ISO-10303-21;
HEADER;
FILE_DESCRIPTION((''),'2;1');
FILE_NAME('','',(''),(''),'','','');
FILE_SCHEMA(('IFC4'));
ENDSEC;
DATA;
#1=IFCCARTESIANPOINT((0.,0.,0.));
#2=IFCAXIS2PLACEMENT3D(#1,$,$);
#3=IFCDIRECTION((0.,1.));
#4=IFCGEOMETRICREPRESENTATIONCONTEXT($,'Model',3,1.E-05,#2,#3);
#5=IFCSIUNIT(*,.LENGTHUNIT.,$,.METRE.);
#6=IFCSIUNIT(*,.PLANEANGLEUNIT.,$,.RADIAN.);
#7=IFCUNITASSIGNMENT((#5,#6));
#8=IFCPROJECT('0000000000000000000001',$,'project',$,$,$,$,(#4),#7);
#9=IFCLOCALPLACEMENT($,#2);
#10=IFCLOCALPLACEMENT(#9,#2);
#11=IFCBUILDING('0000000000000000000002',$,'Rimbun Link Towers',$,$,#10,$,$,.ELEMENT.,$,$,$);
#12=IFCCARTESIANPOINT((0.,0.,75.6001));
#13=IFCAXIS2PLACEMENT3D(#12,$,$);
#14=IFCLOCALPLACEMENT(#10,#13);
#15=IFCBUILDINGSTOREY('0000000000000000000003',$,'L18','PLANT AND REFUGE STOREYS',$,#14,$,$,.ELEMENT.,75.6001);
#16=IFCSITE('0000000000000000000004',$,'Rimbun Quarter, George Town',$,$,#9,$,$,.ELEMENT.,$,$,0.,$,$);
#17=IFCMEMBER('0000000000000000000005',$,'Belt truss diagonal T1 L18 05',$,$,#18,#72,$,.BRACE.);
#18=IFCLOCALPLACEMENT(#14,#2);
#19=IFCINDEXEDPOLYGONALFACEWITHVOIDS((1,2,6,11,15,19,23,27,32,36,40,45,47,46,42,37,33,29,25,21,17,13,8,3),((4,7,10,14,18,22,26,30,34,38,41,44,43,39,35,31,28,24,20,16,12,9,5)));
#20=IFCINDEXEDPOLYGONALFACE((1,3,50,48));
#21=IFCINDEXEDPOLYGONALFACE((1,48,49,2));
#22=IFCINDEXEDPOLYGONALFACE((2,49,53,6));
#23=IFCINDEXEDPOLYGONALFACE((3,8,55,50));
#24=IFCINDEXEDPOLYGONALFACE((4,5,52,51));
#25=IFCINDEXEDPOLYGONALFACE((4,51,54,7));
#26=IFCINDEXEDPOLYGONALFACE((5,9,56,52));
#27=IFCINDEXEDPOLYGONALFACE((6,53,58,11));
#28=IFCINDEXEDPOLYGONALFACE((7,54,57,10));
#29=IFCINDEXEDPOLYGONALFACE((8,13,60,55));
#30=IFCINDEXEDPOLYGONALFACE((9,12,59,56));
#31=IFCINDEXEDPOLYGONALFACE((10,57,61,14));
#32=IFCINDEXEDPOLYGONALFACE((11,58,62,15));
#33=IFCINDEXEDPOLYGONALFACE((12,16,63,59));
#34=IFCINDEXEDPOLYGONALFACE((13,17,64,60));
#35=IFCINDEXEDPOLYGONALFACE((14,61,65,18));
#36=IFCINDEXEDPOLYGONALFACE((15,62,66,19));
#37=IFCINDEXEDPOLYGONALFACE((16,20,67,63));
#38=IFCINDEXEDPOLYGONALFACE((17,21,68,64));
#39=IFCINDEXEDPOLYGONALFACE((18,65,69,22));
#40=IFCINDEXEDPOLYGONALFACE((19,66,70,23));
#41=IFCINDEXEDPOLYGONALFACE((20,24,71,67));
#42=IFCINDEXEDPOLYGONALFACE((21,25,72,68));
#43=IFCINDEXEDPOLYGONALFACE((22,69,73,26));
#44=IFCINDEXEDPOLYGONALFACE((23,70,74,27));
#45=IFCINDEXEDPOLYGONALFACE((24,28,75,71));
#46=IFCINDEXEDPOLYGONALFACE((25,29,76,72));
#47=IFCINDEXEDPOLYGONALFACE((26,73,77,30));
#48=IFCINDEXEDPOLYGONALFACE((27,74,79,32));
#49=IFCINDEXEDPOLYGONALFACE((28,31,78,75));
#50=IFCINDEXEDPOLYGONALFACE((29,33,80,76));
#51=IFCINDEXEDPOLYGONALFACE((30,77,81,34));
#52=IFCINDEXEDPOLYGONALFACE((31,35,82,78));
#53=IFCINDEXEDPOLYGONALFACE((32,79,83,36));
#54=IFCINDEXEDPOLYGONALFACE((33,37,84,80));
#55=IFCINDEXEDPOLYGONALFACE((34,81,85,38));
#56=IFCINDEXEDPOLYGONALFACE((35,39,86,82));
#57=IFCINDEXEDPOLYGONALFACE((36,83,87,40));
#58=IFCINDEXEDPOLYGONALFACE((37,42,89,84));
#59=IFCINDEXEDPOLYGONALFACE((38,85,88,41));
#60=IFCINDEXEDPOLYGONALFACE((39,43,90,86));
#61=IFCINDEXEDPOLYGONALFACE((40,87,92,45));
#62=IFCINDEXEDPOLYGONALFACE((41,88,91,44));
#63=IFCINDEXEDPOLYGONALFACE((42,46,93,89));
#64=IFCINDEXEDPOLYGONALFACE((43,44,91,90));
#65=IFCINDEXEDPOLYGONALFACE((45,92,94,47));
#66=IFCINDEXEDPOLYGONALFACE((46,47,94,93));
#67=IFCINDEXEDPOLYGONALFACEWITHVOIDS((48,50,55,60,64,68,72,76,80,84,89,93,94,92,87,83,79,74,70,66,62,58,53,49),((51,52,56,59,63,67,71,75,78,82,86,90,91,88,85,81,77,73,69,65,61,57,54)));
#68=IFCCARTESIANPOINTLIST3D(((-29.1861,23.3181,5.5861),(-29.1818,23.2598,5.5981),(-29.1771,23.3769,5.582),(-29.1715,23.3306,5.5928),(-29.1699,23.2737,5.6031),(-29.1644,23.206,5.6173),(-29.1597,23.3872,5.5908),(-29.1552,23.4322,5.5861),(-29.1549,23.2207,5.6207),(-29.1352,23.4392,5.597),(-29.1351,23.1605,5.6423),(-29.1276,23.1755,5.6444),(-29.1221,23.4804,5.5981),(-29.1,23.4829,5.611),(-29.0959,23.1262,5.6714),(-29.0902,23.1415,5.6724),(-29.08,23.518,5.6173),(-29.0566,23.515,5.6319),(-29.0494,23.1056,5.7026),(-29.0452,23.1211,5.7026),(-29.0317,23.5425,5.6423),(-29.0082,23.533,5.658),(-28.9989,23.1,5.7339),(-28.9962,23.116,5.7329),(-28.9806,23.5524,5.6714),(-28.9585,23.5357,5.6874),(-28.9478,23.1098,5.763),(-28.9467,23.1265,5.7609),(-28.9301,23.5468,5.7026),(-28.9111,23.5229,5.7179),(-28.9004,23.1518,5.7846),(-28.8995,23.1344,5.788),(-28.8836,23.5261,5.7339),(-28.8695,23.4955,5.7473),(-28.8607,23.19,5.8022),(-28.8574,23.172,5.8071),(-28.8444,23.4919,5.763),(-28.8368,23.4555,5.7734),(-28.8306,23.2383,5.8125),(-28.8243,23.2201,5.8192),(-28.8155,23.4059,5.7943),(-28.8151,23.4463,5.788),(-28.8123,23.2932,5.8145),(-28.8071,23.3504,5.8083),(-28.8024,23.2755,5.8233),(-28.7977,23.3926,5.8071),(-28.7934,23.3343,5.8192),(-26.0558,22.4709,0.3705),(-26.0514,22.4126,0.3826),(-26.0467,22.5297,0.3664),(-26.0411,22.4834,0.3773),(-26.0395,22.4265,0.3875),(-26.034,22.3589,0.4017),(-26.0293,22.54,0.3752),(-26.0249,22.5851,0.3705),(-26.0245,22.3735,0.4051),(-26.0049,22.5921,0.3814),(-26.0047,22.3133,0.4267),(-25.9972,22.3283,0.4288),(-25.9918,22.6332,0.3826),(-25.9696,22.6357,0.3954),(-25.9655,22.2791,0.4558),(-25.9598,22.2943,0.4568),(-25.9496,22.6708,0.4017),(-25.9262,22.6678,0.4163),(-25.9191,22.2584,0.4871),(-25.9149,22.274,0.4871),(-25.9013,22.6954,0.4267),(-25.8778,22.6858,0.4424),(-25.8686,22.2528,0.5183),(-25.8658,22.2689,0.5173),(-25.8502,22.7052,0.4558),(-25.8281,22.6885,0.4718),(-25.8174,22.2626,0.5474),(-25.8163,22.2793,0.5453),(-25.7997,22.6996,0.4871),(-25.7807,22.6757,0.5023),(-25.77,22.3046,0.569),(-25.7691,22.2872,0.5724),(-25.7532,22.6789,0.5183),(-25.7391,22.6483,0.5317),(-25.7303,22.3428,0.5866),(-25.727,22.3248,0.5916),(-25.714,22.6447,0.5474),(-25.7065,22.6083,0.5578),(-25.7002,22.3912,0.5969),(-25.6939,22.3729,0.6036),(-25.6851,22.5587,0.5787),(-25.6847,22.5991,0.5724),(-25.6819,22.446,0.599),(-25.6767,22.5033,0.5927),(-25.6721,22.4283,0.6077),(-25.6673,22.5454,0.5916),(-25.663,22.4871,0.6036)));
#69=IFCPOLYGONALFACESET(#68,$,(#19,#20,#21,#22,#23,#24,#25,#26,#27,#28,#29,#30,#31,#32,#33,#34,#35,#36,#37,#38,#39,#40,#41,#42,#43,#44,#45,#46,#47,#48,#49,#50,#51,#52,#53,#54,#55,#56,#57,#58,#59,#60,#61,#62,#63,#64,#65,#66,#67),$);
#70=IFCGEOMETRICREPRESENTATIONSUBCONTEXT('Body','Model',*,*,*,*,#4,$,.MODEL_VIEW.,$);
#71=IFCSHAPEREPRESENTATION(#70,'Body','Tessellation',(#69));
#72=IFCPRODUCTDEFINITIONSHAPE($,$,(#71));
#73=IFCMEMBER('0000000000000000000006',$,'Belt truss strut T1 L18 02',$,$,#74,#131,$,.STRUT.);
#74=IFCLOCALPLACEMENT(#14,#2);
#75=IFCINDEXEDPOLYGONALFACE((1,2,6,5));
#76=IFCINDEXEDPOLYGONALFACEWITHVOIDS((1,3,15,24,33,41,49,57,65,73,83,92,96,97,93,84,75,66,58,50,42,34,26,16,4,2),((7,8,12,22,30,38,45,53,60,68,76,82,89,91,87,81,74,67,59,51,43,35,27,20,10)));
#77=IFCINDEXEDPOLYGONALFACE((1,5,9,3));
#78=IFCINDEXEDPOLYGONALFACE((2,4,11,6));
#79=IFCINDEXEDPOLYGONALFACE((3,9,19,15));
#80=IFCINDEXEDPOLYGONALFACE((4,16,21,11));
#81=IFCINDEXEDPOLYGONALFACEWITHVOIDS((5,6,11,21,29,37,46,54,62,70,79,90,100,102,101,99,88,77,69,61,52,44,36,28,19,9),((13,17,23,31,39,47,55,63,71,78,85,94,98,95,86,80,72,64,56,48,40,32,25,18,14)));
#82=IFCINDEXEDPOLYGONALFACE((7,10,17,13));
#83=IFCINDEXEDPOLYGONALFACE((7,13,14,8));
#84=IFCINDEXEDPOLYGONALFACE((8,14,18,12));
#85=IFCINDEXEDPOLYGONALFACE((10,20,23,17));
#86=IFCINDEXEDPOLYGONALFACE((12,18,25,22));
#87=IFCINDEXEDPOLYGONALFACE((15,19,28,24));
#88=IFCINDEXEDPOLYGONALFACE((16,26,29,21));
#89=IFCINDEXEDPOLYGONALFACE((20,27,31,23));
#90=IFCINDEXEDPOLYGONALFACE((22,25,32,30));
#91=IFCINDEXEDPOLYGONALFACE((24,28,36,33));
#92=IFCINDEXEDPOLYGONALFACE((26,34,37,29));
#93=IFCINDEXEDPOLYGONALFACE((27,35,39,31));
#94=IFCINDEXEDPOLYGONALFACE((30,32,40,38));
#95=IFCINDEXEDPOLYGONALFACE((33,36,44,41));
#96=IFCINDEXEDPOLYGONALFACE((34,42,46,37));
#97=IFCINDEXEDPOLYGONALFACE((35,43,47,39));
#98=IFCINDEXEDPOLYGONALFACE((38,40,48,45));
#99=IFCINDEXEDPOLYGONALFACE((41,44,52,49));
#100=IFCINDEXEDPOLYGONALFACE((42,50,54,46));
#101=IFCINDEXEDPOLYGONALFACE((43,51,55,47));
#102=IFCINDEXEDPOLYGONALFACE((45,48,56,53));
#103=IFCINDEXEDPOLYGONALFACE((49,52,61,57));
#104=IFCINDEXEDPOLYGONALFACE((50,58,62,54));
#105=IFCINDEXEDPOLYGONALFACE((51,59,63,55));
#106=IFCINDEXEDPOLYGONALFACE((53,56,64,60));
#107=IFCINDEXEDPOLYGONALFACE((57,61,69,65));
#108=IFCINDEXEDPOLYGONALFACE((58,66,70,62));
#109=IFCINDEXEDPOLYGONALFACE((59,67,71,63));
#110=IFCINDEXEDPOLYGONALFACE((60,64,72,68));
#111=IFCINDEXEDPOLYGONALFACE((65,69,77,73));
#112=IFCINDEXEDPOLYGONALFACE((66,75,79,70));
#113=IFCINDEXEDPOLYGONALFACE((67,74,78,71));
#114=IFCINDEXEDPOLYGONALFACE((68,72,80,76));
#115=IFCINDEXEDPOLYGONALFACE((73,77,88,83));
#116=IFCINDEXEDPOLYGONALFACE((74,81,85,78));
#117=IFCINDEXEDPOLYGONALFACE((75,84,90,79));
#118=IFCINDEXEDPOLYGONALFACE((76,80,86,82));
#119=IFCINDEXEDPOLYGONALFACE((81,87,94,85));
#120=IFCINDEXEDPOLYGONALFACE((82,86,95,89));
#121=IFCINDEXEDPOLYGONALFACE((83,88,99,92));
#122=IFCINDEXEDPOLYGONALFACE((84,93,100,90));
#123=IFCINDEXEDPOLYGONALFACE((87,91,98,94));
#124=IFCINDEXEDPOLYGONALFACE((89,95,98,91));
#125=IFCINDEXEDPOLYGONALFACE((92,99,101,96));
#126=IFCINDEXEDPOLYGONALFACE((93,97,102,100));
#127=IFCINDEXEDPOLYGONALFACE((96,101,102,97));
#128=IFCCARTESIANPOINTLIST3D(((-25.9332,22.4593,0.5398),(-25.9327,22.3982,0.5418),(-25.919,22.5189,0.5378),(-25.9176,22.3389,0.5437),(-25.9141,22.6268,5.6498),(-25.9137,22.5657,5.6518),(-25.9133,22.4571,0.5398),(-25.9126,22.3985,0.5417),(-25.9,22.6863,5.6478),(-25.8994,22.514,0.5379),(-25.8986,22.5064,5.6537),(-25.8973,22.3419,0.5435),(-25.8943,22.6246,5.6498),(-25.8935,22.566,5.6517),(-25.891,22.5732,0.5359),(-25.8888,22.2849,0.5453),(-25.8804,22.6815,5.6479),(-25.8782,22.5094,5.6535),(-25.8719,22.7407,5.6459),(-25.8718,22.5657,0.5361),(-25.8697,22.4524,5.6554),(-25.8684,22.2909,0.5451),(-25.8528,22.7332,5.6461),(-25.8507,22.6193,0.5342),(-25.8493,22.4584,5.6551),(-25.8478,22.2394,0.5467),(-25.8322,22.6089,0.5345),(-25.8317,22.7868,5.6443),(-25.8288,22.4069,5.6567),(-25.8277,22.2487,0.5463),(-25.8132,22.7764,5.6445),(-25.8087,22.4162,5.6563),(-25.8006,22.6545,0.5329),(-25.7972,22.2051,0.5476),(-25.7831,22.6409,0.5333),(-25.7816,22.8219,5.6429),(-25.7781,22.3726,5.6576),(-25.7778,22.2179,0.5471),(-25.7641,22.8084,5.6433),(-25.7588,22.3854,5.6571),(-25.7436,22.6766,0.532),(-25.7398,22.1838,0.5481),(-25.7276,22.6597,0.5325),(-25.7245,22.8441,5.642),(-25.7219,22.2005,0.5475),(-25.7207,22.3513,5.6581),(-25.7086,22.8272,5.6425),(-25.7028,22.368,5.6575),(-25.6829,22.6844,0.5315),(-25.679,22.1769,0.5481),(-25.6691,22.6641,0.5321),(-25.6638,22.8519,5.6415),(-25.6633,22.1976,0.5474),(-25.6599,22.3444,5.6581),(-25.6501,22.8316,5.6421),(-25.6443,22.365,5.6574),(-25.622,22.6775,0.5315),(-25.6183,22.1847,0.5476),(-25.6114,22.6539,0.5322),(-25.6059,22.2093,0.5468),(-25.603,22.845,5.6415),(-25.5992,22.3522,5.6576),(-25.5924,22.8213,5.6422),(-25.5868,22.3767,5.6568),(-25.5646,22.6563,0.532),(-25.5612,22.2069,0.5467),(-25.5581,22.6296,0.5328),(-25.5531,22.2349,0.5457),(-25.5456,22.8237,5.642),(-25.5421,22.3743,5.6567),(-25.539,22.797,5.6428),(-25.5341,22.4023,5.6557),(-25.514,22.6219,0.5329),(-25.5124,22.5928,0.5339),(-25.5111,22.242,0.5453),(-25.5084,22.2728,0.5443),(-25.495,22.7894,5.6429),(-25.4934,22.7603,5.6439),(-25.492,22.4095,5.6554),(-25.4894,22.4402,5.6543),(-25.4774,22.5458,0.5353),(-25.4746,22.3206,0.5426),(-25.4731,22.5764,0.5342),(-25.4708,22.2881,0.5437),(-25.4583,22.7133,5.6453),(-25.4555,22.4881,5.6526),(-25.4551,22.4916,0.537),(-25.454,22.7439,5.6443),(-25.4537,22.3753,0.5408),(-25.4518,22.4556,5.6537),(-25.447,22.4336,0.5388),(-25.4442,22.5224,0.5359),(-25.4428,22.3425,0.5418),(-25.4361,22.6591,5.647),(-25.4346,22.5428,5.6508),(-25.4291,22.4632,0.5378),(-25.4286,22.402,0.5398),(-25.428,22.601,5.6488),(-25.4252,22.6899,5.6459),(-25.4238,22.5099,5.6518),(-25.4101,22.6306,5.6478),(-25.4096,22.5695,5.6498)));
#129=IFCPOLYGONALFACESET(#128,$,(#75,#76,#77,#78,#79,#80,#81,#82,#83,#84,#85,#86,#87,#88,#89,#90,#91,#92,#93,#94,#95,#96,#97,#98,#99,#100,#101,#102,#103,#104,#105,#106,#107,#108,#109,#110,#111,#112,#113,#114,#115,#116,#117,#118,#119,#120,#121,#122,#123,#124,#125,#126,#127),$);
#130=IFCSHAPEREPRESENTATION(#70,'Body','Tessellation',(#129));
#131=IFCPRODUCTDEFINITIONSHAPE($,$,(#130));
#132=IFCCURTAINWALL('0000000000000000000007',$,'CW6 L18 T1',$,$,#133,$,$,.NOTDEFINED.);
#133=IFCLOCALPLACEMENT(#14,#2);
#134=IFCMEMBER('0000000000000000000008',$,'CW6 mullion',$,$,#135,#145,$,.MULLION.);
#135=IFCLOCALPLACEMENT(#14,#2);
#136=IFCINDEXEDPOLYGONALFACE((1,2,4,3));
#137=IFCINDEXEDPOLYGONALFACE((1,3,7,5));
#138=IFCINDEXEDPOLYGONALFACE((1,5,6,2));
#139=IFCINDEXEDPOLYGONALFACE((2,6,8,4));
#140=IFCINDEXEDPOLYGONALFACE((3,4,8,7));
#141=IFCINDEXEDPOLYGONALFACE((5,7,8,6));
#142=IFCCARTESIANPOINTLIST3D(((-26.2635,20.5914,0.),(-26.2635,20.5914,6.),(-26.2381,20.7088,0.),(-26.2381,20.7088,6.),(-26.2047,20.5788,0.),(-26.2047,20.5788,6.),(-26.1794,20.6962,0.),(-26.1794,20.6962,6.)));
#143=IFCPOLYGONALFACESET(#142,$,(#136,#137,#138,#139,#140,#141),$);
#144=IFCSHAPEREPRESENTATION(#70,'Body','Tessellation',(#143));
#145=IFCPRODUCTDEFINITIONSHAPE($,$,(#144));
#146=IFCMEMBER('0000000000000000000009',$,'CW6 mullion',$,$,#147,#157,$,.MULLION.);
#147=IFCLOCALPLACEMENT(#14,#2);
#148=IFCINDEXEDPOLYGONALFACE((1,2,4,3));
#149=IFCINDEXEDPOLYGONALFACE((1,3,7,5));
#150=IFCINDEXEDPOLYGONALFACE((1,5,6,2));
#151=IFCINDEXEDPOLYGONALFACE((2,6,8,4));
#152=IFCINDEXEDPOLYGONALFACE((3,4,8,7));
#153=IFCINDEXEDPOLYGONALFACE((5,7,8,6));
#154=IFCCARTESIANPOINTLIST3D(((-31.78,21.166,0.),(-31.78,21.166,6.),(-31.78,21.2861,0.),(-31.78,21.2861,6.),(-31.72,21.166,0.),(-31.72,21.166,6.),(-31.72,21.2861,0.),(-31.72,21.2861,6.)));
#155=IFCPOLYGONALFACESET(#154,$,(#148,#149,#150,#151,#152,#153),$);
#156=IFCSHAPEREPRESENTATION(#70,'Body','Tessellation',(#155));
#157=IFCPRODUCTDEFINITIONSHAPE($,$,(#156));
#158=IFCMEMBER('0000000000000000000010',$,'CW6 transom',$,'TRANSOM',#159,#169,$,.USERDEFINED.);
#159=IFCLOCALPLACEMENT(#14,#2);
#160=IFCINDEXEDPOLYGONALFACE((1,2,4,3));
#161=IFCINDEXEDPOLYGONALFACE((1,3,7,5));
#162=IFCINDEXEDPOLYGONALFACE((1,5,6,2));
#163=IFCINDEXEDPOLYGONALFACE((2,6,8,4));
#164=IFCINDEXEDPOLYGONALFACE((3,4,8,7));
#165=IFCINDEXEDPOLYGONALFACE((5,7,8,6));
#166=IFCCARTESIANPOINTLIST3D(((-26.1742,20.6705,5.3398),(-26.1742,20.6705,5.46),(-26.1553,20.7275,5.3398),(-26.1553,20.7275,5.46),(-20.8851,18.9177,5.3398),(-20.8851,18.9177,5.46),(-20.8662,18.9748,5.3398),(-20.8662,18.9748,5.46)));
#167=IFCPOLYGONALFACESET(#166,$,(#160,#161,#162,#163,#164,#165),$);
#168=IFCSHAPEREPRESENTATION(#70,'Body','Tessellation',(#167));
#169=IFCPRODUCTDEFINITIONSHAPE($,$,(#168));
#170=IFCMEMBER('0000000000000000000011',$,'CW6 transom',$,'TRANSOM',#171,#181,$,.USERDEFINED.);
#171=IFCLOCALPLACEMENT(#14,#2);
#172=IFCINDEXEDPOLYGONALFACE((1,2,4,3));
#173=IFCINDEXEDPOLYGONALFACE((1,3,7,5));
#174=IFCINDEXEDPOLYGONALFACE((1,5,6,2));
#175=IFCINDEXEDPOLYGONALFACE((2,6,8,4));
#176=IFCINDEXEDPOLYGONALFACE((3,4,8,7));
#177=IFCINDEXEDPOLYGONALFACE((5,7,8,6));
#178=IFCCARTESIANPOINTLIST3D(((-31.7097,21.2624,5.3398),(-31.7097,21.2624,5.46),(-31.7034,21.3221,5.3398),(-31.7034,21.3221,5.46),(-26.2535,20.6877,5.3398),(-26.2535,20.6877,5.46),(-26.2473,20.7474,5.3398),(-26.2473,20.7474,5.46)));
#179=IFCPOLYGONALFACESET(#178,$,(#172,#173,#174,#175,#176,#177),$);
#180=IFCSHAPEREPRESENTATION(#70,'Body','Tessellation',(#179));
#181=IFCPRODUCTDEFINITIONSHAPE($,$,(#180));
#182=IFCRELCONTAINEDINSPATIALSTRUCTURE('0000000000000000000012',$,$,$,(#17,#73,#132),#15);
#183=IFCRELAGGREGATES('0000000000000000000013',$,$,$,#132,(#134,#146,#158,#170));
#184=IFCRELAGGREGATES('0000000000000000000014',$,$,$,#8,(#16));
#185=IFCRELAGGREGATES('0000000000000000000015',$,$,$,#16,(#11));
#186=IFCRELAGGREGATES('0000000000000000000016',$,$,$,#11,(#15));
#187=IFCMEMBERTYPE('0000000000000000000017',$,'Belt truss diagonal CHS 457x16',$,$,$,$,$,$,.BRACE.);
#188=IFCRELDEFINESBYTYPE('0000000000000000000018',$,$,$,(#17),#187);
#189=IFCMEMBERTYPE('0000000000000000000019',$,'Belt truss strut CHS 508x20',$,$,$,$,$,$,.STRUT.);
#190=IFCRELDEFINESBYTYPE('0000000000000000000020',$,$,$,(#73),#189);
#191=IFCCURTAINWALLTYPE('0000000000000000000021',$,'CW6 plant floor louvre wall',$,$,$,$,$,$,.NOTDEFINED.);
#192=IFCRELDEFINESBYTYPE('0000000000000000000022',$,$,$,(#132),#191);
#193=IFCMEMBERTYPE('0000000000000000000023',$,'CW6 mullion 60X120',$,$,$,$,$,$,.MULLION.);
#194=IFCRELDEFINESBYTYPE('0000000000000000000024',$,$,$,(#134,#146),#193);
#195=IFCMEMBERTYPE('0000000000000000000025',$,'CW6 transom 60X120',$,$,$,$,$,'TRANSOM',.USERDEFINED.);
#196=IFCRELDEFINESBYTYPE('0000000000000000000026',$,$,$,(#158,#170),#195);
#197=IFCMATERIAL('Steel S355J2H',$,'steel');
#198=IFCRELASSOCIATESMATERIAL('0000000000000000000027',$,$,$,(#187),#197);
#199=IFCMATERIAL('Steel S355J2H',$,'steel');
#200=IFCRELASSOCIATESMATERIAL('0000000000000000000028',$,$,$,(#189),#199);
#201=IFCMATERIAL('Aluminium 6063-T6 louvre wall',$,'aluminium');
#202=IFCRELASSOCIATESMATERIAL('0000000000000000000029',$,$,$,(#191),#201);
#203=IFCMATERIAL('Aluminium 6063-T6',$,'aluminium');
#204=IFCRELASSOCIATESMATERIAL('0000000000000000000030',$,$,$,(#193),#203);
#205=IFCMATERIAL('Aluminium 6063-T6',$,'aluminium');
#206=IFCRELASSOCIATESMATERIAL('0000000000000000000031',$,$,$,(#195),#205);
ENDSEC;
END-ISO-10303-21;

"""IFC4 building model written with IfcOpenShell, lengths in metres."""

from ifc_helpers import new_model, si_unit, direction, frame, origin, origin_2d, place, context, subcontext, project, spatial, rectangle, hollow_circle, extrude, material, material_profile, profile_set, type_object, element, aggregate, save


model = new_model("IFC4")

# Units and contexts
model_context = context("Model", 3, precision=1e-05, world=origin(), true_north=direction((0.0, 1.0)))
body_context = subcontext(model_context, "Body", "Model", "MODEL_VIEW")
ifc_project = project(units=[si_unit("LENGTHUNIT", "METRE"), si_unit("PLANEANGLEUNIT", "RADIAN")], contexts=[model_context])

# Site, building, storey
site_placement = place(None, origin())
site = spatial("IfcSite", under=ifc_project, at=site_placement, Name="Rimbun Quarter, George Town", CompositionType="ELEMENT", RefElevation=0.0)
building_placement = place(site_placement, origin())
building = spatial("IfcBuilding", under=site, at=building_placement, Name="Rimbun Link Towers", CompositionType="ELEMENT")
storey_placement = place(building_placement, frame((0.0, 0.0, 75.6001)))
storey = spatial("IfcBuildingStorey", under=building, at=storey_placement, Name="L18", Description="PLANT AND REFUGE STOREYS", CompositionType="ELEMENT", Elevation=75.6001)

# Members
ifc_material_1 = material(Name="Steel S355J2H", Category="steel")
ifc_material_profile_1 = material_profile(ifc_material_1, hollow_circle(Radius=0.2285, WallThickness=0.0161, at=origin_2d()), Name="Belt truss diagonal CHS 457x16")
ifc_profile_set_1 = profile_set([ifc_material_profile_1], Name="Steel S355J2H")
member_type_1 = type_object("IfcMemberType", Name="Belt truss diagonal CHS 457x16", PredefinedType="BRACE", material=ifc_profile_set_1)
member_1_placement = place(storey_placement, frame((-25.8594, 22.479, 0.4871), z_axis=(-0.5097, 0.137939, 0.849222), x_axis=(-0.261231, -0.965276, 0.0)))
element("IfcMember", 1, at=member_1_placement, inside=storey, type_object=member_type_1, Name="Belt truss diagonal T1 L18 05", PredefinedType="BRACE", context=body_context, shape_type="SweptSolid", body=[
    extrude(hollow_circle(Radius=0.2285, WallThickness=0.0161, at=origin_2d()), origin(), (0.0, 0.0, 1.0), 6.1416),
])
ifc_material_2 = material(Name="Steel S355J2H", Category="steel")
ifc_material_profile_2 = material_profile(ifc_material_2, hollow_circle(Radius=0.2539, WallThickness=0.02, at=origin_2d()), Name="Belt truss strut CHS 508x20")
ifc_profile_set_2 = profile_set([ifc_material_profile_2], Name="Steel S355J2H")
member_type_2 = type_object("IfcMemberType", Name="Belt truss strut CHS 508x20", PredefinedType="STRUT", material=ifc_profile_set_2)
member_2_placement = place(storey_placement, frame((-25.6809, 22.4307, 0.5398), z_axis=(0.003725, 0.032757, 0.999456), x_axis=(-0.993598, 0.112975, 0.0)))
element("IfcMember", 2, at=member_2_placement, inside=storey, type_object=member_type_2, Name="Belt truss strut T1 L18 02", PredefinedType="STRUT", context=body_context, shape_type="SweptSolid", body=[
    extrude(hollow_circle(Radius=0.2539, WallThickness=0.02, at=origin_2d()), origin(), (0.0, 0.0, 1.0), 5.1128),
])

# Curtain wall, members
ifc_material_3 = material(Name="Aluminium 6063-T6 louvre wall", Category="aluminium")
curtain_wall_type = type_object("IfcCurtainWallType", Name="CW6 plant floor louvre wall", PredefinedType="NOTDEFINED", material=ifc_material_3)
curtain_wall_placement = place(storey_placement, origin())
curtain_wall = element("IfcCurtainWall", 3, at=curtain_wall_placement, inside=storey, type_object=curtain_wall_type, Name="CW6 L18 T1", PredefinedType="NOTDEFINED")
ifc_material_4 = material(Name="Aluminium 6063-T6", Category="aluminium")
ifc_material_profile_3 = material_profile(ifc_material_4, rectangle(XDim=0.1201, YDim=0.0601, at=origin_2d()), Name="MULLION 60X120")
ifc_profile_set_3 = profile_set([ifc_material_profile_3], Name="Aluminium 6063-T6")
member_type_3 = type_object("IfcMemberType", Name="CW6 mullion 60X120", PredefinedType="MULLION", material=ifc_profile_set_3)
member_3_placement = place(storey_placement, frame((-26.2214, 20.6438, 0.0), z_axis=(0.0, 0.0, 1.0), x_axis=(0.210874, 0.977513, 0.0)))
member_3 = element("IfcMember", 4, at=member_3_placement, type_object=member_type_3, Name="CW6 mullion", PredefinedType="MULLION", context=body_context, shape_type="SweptSolid", body=[
    extrude(rectangle(XDim=0.1201, YDim=0.0601, at=origin_2d()), origin(), (0.0, 0.0, 1.0), 6.0),
])
member_4_placement = place(storey_placement, frame((-31.75, 21.2261, 0.0), z_axis=(0.0, 0.0, 1.0), x_axis=(0.0, 1.0, 0.0)))
member_4 = element("IfcMember", 5, at=member_4_placement, type_object=member_type_3, Name="CW6 mullion", PredefinedType="MULLION", context=body_context, shape_type="SweptSolid", body=[
    extrude(rectangle(XDim=0.1201, YDim=0.0601, at=origin_2d()), origin(), (0.0, 0.0, 1.0), 6.0),
])
ifc_material_5 = material(Name="Aluminium 6063-T6", Category="aluminium")
ifc_material_profile_4 = material_profile(ifc_material_5, rectangle(XDim=0.0601, YDim=0.1201, at=origin_2d()), Name="TRANSOM 60X120")
ifc_profile_set_4 = profile_set([ifc_material_profile_4], Name="Aluminium 6063-T6")
member_type_4 = type_object("IfcMemberType", Name="CW6 transom 60X120", ElementType="TRANSOM", PredefinedType="USERDEFINED", material=ifc_profile_set_4)
member_5_placement = place(storey_placement, frame((-26.1648, 20.699, 5.3999), z_axis=(0.949238, -0.314558, 0.0), x_axis=(0.314558, 0.949238, 0.0)))
member_5 = element("IfcMember", 6, at=member_5_placement, type_object=member_type_4, Name="CW6 transom", ObjectType="TRANSOM", PredefinedType="USERDEFINED", context=body_context, shape_type="SweptSolid", body=[
    extrude(rectangle(XDim=0.0601, YDim=0.1201, at=origin_2d()), origin(), (0.0, 0.0, 1.0), 5.572),
])
member_6_placement = place(storey_placement, frame((-31.7065, 21.2922, 5.3999), z_axis=(0.994498, -0.104754, 0.0), x_axis=(0.104754, 0.994498, 0.0)))
member_6 = element("IfcMember", 7, at=member_6_placement, type_object=member_type_4, Name="CW6 transom", ObjectType="TRANSOM", PredefinedType="USERDEFINED", context=body_context, shape_type="SweptSolid", body=[
    extrude(rectangle(XDim=0.0601, YDim=0.1201, at=origin_2d()), origin(), (0.0, 0.0, 1.0), 5.4863),
])

aggregate(curtain_wall, [member_3, member_4, member_5, member_6])

save(model, "model.ifc")
